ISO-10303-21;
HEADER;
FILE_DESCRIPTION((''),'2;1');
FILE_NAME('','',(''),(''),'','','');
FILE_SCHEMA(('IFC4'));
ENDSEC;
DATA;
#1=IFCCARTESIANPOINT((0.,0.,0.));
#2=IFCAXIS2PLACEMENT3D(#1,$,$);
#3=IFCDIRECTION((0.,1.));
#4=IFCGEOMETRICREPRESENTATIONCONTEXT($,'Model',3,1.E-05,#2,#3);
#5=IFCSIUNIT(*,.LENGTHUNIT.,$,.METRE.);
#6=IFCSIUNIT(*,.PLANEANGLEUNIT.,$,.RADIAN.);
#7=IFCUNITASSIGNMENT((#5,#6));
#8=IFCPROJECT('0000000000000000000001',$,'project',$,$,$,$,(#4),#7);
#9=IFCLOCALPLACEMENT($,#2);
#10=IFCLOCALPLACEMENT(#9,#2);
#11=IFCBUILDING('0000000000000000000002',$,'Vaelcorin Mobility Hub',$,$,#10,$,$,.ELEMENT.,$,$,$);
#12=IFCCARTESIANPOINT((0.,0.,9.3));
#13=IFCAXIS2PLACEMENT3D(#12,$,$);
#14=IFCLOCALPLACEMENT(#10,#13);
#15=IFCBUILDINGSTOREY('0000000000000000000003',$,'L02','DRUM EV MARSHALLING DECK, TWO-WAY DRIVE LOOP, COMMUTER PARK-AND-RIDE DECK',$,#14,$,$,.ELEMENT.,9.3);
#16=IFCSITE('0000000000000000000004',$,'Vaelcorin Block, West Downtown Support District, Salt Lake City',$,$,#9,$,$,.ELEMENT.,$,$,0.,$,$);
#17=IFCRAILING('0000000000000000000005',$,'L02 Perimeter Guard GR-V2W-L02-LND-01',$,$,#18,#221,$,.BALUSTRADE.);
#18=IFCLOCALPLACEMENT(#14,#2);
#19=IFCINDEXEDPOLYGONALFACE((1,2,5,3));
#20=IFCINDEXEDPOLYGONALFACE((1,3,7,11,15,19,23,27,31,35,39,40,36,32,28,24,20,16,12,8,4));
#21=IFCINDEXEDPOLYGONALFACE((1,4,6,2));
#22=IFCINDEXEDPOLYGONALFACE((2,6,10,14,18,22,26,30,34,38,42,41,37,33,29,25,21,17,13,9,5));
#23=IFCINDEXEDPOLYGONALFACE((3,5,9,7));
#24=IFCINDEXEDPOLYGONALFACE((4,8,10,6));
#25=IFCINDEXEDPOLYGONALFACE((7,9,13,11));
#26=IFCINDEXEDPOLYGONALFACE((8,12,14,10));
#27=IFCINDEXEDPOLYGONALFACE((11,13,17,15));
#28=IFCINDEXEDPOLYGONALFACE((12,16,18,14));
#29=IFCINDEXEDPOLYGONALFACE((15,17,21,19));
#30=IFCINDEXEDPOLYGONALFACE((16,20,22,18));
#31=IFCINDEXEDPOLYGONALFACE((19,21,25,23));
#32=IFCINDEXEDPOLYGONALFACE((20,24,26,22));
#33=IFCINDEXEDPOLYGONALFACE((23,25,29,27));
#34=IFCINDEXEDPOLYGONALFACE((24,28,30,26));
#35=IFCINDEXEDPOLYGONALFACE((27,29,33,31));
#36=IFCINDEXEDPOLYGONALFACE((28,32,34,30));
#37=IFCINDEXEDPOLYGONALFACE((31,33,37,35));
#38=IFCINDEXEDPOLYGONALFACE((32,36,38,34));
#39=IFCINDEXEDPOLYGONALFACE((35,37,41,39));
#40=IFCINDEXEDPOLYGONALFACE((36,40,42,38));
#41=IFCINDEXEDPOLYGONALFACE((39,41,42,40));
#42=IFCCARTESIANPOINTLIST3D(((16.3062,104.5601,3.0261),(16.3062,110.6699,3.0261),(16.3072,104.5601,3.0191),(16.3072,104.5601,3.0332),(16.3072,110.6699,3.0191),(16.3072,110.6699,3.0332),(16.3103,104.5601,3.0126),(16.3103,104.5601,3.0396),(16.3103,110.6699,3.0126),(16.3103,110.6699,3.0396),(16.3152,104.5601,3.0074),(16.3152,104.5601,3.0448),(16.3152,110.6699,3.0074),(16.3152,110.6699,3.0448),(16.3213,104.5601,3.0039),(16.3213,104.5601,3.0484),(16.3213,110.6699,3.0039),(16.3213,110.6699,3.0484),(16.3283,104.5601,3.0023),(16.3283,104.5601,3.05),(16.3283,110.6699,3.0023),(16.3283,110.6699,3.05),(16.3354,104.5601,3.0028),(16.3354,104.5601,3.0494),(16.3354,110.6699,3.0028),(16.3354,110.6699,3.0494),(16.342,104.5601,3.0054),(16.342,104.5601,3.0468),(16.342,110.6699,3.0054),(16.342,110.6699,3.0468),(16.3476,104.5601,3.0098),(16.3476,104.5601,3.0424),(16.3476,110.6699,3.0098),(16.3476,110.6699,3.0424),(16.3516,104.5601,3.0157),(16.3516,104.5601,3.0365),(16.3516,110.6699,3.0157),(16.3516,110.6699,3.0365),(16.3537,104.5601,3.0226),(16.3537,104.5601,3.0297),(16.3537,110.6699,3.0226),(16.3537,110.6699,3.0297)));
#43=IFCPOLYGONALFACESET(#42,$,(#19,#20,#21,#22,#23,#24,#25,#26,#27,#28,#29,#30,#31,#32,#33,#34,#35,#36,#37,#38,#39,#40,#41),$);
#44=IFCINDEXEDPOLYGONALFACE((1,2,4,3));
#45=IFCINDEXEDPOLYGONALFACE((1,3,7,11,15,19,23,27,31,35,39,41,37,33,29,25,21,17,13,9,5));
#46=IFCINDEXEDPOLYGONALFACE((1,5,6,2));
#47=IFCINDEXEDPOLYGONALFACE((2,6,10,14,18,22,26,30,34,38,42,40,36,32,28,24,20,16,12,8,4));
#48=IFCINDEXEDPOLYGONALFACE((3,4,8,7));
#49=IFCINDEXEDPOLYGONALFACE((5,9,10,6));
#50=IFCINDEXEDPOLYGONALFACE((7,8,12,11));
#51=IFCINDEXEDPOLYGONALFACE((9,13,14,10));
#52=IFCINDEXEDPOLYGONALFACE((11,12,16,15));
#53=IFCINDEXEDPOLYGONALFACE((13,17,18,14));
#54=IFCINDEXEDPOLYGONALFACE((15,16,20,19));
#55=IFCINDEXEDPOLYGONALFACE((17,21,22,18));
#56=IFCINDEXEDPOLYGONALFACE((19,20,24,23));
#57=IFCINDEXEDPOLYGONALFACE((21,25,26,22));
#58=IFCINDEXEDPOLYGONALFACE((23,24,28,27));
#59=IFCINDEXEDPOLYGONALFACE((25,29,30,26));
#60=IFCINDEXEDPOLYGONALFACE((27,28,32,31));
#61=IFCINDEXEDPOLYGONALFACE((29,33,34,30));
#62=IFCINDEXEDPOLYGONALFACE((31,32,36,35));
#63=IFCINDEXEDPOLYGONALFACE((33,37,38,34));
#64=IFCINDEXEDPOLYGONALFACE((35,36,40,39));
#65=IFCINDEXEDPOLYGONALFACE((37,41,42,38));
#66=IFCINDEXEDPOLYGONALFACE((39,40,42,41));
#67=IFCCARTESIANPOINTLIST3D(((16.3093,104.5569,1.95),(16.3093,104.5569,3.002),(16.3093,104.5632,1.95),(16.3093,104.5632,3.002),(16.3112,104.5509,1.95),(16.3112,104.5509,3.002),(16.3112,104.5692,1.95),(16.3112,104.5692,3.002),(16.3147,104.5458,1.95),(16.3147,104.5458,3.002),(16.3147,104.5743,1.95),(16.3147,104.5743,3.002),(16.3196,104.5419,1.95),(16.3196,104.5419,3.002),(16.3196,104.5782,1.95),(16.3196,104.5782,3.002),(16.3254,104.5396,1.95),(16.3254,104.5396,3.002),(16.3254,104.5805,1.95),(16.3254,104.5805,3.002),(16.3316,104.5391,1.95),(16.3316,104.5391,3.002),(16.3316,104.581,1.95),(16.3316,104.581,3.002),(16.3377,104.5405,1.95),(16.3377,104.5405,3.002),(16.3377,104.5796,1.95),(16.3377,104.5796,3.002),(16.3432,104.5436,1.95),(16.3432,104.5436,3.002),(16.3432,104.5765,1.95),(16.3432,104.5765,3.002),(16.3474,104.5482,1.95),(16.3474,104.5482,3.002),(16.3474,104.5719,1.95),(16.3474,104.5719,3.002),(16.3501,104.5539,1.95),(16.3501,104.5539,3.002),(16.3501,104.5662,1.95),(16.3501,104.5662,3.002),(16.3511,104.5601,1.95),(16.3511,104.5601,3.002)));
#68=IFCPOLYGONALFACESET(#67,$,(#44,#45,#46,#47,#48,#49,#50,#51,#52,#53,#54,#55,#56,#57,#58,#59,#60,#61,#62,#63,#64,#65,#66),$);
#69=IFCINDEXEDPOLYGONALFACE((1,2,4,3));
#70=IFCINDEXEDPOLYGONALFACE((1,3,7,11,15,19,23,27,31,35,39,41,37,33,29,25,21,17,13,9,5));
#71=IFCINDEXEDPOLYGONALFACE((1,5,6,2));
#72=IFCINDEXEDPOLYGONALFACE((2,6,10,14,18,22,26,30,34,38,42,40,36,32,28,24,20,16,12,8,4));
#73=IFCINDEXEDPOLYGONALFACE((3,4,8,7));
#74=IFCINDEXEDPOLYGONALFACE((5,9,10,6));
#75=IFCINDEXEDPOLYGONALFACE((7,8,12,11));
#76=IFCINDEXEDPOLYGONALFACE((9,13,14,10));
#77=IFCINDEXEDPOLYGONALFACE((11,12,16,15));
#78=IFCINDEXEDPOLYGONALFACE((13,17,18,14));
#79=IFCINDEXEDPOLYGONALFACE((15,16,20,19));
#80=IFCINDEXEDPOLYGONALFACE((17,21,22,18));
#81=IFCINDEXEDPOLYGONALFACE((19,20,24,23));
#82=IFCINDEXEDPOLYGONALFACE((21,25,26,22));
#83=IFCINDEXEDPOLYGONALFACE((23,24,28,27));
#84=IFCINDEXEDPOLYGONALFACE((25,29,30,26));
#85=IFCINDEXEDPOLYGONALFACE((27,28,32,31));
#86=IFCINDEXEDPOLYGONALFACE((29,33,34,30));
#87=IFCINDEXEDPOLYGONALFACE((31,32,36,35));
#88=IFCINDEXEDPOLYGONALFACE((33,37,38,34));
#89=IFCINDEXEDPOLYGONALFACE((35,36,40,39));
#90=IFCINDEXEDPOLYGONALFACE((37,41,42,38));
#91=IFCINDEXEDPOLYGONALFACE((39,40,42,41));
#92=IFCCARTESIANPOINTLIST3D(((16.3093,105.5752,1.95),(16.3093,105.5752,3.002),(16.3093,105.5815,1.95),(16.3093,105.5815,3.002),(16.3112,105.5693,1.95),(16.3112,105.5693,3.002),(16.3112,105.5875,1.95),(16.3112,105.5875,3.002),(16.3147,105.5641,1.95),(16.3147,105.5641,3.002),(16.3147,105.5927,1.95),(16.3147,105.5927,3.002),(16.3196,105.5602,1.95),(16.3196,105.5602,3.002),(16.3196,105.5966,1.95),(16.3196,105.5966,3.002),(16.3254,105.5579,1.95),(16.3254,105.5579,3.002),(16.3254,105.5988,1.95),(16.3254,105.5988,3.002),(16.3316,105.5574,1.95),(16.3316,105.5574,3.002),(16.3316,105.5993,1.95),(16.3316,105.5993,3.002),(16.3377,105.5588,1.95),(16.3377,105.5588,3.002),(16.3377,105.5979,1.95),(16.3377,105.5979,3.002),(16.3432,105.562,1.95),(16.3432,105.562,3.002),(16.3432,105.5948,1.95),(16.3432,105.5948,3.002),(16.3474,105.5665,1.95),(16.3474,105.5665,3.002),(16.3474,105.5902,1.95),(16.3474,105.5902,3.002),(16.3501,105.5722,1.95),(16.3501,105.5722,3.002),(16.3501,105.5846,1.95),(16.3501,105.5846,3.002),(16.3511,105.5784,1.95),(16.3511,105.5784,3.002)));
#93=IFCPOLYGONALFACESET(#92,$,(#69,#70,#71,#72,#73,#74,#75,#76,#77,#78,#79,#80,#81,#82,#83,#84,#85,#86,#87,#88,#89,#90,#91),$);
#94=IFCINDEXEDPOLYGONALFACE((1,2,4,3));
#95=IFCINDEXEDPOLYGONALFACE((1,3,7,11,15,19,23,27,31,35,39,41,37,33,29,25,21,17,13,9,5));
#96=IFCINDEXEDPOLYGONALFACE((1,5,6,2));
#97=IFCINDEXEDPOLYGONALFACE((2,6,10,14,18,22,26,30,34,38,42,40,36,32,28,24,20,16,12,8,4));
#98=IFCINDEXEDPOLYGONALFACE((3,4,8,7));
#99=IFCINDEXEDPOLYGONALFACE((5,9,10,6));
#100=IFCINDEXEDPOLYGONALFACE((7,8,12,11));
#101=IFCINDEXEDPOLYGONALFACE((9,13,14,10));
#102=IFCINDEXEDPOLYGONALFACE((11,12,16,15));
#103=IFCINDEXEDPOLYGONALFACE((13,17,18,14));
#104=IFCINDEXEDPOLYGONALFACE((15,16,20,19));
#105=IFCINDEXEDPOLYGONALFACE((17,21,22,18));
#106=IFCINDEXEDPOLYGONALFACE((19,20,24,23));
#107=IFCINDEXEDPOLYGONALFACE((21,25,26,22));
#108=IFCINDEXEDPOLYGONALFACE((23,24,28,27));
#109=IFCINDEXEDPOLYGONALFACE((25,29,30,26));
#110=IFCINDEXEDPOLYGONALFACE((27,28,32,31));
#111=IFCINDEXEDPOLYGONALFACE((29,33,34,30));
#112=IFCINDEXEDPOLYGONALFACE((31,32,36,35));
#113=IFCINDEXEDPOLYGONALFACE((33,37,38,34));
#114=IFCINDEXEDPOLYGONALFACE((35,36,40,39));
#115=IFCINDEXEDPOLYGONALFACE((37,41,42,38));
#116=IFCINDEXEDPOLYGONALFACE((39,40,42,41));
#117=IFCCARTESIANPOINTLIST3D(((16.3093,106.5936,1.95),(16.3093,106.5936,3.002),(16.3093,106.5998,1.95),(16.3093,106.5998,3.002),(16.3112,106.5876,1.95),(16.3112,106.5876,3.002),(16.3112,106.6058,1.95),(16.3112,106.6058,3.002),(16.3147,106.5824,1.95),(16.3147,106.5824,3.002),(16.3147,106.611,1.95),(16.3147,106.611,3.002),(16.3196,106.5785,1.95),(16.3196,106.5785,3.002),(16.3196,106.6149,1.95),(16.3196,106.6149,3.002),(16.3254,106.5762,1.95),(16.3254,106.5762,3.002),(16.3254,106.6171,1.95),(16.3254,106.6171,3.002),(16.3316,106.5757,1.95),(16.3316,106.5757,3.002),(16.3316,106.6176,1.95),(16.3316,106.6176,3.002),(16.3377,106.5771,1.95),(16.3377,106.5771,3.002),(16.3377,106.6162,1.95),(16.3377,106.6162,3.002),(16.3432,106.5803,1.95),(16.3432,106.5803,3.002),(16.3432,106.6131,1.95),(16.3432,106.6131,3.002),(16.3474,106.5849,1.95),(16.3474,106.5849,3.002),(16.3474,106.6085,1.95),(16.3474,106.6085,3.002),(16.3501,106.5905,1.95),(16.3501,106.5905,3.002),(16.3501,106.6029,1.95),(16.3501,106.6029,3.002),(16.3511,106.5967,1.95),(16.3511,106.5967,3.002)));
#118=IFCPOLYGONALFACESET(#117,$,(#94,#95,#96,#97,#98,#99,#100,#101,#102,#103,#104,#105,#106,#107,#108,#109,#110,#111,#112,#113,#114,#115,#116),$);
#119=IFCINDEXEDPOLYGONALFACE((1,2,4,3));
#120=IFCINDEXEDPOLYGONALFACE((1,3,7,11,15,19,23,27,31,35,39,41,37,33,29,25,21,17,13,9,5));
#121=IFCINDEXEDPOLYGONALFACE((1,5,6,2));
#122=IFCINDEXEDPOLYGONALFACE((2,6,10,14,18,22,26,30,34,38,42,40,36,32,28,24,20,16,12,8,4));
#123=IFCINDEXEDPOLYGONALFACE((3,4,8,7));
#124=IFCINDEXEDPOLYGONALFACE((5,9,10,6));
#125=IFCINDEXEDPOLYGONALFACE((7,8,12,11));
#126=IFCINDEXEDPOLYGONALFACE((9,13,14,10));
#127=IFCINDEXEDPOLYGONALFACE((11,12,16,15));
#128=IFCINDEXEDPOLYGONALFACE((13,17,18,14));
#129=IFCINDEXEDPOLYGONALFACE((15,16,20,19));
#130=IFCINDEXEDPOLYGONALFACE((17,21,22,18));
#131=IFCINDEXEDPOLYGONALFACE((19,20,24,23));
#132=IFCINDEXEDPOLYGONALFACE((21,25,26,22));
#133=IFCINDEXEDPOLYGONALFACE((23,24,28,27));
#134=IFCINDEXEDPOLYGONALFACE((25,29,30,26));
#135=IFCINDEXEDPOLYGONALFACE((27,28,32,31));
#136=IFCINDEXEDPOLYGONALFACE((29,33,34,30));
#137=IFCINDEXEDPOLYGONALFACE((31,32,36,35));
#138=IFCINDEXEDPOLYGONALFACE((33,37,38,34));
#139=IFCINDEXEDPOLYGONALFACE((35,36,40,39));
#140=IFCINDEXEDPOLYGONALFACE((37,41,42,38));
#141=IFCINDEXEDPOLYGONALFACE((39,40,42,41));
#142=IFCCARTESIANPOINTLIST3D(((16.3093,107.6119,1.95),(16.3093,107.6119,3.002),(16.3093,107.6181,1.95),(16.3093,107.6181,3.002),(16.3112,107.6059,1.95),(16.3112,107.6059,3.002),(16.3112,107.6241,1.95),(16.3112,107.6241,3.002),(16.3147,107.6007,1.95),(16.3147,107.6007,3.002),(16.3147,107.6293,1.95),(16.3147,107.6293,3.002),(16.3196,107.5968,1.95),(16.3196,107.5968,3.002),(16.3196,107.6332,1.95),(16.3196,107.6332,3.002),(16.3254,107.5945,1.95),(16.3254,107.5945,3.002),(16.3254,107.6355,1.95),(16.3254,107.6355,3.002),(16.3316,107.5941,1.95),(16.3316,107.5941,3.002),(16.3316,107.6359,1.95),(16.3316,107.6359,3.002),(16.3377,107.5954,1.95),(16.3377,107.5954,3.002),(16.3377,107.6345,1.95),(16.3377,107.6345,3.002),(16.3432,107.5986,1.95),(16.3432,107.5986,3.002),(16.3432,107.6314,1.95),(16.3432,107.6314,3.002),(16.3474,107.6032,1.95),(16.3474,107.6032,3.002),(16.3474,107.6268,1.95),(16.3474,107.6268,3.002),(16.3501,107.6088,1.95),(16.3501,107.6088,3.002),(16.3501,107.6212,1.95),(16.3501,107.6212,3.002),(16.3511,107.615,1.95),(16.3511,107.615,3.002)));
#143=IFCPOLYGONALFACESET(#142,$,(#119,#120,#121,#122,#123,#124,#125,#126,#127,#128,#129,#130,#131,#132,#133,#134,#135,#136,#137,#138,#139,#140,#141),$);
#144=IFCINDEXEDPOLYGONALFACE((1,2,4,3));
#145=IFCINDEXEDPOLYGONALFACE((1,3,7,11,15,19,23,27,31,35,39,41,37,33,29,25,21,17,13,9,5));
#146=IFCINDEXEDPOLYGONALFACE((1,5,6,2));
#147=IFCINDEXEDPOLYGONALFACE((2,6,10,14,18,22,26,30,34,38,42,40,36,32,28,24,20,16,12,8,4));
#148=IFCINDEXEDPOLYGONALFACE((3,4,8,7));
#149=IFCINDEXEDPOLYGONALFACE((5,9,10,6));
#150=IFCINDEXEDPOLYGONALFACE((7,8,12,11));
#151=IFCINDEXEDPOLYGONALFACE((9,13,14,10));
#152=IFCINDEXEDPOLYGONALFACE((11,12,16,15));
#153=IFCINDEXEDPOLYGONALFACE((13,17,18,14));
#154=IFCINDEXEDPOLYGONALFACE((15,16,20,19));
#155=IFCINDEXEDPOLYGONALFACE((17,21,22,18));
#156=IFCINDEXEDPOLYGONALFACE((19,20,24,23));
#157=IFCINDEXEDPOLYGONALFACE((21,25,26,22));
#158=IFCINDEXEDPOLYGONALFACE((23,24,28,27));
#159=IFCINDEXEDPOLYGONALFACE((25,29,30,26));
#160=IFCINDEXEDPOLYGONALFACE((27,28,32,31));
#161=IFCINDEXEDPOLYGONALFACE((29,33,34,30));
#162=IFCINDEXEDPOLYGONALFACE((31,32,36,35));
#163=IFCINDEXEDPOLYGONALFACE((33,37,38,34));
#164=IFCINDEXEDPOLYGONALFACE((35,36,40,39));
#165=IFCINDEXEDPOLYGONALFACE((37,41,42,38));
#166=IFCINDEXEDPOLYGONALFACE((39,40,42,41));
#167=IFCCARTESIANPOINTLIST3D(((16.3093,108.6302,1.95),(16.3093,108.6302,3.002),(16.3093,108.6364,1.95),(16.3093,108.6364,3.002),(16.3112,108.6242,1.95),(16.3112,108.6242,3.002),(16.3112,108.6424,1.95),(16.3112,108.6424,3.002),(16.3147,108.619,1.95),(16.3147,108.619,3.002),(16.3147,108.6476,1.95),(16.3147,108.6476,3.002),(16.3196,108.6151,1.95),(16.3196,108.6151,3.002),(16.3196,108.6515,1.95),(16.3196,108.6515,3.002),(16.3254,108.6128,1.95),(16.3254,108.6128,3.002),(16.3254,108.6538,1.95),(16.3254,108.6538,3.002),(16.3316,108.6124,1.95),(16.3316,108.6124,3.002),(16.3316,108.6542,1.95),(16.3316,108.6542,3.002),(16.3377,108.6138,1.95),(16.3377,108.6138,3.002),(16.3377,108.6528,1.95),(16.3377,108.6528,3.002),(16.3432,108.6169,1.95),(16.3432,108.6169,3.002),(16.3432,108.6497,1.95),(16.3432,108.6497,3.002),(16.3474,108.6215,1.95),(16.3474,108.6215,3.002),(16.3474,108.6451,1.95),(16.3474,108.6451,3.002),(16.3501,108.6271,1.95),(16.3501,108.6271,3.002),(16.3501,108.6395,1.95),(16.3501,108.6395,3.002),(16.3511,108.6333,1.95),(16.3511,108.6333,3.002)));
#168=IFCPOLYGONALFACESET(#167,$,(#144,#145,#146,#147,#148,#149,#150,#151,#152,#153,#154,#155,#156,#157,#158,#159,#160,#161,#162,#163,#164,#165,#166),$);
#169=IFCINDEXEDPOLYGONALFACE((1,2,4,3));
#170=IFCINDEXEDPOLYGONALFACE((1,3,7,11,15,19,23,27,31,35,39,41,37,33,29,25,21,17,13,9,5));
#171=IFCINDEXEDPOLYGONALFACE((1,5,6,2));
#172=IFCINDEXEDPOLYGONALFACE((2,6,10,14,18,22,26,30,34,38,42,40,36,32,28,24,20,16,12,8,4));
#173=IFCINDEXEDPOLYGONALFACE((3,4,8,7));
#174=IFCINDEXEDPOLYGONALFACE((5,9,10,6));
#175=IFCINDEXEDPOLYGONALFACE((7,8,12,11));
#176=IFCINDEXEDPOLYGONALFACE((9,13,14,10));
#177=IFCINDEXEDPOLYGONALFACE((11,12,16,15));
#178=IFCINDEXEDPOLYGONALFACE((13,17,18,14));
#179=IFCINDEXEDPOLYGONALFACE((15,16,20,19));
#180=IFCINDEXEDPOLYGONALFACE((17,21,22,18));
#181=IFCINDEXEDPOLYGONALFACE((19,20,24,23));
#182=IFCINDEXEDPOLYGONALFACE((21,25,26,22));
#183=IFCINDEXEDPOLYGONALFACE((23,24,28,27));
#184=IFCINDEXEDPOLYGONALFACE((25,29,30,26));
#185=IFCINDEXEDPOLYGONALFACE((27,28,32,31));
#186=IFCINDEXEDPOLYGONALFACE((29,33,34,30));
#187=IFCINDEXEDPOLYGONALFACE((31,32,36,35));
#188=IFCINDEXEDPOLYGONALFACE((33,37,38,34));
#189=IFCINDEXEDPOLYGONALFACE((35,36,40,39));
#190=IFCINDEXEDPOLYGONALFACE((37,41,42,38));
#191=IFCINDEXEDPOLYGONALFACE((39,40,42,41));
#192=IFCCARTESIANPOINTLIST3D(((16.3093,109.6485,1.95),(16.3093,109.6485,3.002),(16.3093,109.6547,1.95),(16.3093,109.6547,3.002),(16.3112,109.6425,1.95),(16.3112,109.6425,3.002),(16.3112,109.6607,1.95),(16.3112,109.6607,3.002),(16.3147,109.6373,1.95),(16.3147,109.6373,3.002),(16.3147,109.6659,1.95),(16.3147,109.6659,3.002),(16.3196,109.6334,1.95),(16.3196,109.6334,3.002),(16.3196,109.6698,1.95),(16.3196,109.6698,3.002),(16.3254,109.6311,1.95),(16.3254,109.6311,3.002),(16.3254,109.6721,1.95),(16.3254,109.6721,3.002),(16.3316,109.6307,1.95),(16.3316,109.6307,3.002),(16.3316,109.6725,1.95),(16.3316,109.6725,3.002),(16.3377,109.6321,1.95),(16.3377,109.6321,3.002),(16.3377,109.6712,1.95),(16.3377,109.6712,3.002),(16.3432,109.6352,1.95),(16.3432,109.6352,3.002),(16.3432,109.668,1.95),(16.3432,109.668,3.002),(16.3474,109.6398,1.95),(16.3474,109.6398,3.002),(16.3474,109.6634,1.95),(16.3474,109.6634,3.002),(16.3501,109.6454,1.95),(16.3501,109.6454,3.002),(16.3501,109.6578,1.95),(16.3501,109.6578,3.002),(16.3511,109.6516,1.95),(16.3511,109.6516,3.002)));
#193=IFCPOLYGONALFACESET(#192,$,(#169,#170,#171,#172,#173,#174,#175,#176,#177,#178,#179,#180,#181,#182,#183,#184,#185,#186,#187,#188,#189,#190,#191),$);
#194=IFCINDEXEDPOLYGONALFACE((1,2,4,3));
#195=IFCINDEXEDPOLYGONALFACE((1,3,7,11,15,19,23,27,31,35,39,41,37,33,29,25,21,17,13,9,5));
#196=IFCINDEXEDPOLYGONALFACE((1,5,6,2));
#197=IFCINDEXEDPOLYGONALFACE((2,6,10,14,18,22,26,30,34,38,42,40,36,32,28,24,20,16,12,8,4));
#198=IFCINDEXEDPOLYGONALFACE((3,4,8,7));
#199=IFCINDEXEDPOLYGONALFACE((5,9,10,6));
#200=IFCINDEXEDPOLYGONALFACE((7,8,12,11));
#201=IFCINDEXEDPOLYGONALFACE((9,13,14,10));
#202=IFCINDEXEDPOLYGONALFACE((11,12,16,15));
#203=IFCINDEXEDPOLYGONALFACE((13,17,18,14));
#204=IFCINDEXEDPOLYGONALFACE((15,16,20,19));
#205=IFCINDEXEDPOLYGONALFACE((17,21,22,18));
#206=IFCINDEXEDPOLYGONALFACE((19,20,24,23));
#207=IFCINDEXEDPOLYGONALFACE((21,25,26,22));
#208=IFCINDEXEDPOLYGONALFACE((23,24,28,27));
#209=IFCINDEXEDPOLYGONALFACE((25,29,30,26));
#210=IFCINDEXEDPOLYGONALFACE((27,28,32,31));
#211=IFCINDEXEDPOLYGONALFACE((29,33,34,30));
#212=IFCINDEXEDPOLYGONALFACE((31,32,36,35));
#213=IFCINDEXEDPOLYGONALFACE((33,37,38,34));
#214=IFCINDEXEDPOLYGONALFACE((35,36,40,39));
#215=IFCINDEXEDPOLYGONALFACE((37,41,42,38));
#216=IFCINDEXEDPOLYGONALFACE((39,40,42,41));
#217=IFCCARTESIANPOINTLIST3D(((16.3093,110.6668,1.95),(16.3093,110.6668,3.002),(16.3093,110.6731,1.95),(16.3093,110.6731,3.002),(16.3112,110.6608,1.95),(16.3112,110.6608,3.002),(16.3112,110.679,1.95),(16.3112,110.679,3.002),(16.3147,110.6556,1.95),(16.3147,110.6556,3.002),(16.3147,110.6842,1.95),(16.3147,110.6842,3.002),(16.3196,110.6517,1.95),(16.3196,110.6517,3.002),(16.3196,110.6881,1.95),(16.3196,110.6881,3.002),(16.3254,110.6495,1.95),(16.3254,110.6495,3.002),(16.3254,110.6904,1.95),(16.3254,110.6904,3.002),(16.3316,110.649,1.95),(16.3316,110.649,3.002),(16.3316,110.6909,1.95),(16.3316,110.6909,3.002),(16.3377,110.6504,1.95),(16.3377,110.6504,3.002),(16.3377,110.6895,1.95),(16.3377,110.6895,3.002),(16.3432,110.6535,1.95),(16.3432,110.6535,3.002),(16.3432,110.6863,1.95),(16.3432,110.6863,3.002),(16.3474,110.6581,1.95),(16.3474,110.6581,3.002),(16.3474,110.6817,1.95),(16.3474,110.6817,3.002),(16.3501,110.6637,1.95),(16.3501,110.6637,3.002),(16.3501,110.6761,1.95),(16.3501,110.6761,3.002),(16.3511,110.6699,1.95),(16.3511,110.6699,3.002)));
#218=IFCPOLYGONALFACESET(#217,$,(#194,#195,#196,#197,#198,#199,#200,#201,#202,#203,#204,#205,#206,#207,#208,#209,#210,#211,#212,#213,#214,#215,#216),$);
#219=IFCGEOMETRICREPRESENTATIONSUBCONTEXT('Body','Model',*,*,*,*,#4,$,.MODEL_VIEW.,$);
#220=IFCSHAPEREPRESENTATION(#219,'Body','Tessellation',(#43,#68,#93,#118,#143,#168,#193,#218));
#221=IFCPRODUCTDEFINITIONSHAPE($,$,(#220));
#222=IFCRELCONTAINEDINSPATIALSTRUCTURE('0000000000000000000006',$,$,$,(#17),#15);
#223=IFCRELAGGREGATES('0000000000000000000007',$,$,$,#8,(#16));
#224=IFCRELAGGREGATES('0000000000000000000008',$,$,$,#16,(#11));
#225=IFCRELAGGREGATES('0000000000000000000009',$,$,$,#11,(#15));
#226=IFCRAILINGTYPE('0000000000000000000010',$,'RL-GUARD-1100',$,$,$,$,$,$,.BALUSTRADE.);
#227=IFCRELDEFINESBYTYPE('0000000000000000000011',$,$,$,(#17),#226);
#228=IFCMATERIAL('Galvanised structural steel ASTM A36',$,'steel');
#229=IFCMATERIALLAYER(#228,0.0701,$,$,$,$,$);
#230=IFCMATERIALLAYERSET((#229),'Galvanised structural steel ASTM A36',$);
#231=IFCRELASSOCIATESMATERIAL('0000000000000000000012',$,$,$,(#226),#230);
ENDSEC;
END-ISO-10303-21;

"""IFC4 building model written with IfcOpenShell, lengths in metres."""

from ifc_helpers import new_model, si_unit, direction, frame, origin, origin_2d, place, context, subcontext, project, spatial, circle, extrude, material, layer, layer_set, type_object, element, save


model = new_model("IFC4")

# Units and contexts
model_context = context("Model", 3, precision=1e-05, world=origin(), true_north=direction((0.0, 1.0)))
body_context = subcontext(model_context, "Body", "Model", "MODEL_VIEW")
ifc_project = project(units=[si_unit("LENGTHUNIT", "METRE"), si_unit("PLANEANGLEUNIT", "RADIAN")], contexts=[model_context])

# Site, building, storey
site_placement = place(None, origin())
site = spatial("IfcSite", under=ifc_project, at=site_placement, Name="Vaelcorin Block, West Downtown Support District, Salt Lake City", CompositionType="ELEMENT", RefElevation=0.0)
building_placement = place(site_placement, origin())
building = spatial("IfcBuilding", under=site, at=building_placement, Name="Vaelcorin Mobility Hub", CompositionType="ELEMENT")
storey_placement = place(building_placement, frame((0.0, 0.0, 9.3)))
storey = spatial("IfcBuildingStorey", under=building, at=storey_placement, Name="L02", Description="DRUM EV MARSHALLING DECK, TWO-WAY DRIVE LOOP, COMMUTER PARK-AND-RIDE DECK", CompositionType="ELEMENT", Elevation=9.3)

# Railing
ifc_material_1 = material(Name="Galvanised structural steel ASTM A36", Category="steel")
ifc_layer_1 = layer(ifc_material_1, 0.0701)
ifc_layer_set_1 = layer_set([ifc_layer_1], Name="Galvanised structural steel ASTM A36")
railing_type = type_object("IfcRailingType", Name="RL-GUARD-1100", PredefinedType="BALUSTRADE", material=ifc_layer_set_1)
railing_1_placement = place(storey_placement, frame((16.3301, 104.5601, 1.95)))
element("IfcRailing", 1, at=railing_1_placement, inside=storey, type_object=railing_type, Name="L02 Perimeter Guard GR-V2W-L02-LND-01", PredefinedType="BALUSTRADE", context=body_context, shape_type="SweptSolid", body=[
    extrude(circle(Radius=0.0239, at=origin_2d()), frame((0.0, 0.0, 1.0762), z_axis=(0.0, 1.0, 0.0), x_axis=(-1.0, 0.0, 0.0)), (0.0, 0.0, 1.0), 6.1099),
    extrude(circle(Radius=0.021, at=origin_2d()), origin(), (0.0, 0.0, 1.0), 1.052),
    extrude(circle(Radius=0.021, at=origin_2d()), frame((0.0, 1.0183, 0.0)), (0.0, 0.0, 1.0), 1.052),
    extrude(circle(Radius=0.021, at=origin_2d()), frame((0.0, 2.0366, 0.0)), (0.0, 0.0, 1.0), 1.052),
    extrude(circle(Radius=0.021, at=origin_2d()), frame((0.0, 3.0549, 0.0)), (0.0, 0.0, 1.0), 1.052),
    extrude(circle(Radius=0.021, at=origin_2d()), frame((0.0, 4.0732, 0.0)), (0.0, 0.0, 1.0), 1.052),
    extrude(circle(Radius=0.021, at=origin_2d()), frame((0.0, 5.0916, 0.0)), (0.0, 0.0, 1.0), 1.052),
    extrude(circle(Radius=0.021, at=origin_2d()), frame((0.0, 6.1099, 0.0)), (0.0, 0.0, 1.0), 1.052),
])

save(model, "model.ifc")
